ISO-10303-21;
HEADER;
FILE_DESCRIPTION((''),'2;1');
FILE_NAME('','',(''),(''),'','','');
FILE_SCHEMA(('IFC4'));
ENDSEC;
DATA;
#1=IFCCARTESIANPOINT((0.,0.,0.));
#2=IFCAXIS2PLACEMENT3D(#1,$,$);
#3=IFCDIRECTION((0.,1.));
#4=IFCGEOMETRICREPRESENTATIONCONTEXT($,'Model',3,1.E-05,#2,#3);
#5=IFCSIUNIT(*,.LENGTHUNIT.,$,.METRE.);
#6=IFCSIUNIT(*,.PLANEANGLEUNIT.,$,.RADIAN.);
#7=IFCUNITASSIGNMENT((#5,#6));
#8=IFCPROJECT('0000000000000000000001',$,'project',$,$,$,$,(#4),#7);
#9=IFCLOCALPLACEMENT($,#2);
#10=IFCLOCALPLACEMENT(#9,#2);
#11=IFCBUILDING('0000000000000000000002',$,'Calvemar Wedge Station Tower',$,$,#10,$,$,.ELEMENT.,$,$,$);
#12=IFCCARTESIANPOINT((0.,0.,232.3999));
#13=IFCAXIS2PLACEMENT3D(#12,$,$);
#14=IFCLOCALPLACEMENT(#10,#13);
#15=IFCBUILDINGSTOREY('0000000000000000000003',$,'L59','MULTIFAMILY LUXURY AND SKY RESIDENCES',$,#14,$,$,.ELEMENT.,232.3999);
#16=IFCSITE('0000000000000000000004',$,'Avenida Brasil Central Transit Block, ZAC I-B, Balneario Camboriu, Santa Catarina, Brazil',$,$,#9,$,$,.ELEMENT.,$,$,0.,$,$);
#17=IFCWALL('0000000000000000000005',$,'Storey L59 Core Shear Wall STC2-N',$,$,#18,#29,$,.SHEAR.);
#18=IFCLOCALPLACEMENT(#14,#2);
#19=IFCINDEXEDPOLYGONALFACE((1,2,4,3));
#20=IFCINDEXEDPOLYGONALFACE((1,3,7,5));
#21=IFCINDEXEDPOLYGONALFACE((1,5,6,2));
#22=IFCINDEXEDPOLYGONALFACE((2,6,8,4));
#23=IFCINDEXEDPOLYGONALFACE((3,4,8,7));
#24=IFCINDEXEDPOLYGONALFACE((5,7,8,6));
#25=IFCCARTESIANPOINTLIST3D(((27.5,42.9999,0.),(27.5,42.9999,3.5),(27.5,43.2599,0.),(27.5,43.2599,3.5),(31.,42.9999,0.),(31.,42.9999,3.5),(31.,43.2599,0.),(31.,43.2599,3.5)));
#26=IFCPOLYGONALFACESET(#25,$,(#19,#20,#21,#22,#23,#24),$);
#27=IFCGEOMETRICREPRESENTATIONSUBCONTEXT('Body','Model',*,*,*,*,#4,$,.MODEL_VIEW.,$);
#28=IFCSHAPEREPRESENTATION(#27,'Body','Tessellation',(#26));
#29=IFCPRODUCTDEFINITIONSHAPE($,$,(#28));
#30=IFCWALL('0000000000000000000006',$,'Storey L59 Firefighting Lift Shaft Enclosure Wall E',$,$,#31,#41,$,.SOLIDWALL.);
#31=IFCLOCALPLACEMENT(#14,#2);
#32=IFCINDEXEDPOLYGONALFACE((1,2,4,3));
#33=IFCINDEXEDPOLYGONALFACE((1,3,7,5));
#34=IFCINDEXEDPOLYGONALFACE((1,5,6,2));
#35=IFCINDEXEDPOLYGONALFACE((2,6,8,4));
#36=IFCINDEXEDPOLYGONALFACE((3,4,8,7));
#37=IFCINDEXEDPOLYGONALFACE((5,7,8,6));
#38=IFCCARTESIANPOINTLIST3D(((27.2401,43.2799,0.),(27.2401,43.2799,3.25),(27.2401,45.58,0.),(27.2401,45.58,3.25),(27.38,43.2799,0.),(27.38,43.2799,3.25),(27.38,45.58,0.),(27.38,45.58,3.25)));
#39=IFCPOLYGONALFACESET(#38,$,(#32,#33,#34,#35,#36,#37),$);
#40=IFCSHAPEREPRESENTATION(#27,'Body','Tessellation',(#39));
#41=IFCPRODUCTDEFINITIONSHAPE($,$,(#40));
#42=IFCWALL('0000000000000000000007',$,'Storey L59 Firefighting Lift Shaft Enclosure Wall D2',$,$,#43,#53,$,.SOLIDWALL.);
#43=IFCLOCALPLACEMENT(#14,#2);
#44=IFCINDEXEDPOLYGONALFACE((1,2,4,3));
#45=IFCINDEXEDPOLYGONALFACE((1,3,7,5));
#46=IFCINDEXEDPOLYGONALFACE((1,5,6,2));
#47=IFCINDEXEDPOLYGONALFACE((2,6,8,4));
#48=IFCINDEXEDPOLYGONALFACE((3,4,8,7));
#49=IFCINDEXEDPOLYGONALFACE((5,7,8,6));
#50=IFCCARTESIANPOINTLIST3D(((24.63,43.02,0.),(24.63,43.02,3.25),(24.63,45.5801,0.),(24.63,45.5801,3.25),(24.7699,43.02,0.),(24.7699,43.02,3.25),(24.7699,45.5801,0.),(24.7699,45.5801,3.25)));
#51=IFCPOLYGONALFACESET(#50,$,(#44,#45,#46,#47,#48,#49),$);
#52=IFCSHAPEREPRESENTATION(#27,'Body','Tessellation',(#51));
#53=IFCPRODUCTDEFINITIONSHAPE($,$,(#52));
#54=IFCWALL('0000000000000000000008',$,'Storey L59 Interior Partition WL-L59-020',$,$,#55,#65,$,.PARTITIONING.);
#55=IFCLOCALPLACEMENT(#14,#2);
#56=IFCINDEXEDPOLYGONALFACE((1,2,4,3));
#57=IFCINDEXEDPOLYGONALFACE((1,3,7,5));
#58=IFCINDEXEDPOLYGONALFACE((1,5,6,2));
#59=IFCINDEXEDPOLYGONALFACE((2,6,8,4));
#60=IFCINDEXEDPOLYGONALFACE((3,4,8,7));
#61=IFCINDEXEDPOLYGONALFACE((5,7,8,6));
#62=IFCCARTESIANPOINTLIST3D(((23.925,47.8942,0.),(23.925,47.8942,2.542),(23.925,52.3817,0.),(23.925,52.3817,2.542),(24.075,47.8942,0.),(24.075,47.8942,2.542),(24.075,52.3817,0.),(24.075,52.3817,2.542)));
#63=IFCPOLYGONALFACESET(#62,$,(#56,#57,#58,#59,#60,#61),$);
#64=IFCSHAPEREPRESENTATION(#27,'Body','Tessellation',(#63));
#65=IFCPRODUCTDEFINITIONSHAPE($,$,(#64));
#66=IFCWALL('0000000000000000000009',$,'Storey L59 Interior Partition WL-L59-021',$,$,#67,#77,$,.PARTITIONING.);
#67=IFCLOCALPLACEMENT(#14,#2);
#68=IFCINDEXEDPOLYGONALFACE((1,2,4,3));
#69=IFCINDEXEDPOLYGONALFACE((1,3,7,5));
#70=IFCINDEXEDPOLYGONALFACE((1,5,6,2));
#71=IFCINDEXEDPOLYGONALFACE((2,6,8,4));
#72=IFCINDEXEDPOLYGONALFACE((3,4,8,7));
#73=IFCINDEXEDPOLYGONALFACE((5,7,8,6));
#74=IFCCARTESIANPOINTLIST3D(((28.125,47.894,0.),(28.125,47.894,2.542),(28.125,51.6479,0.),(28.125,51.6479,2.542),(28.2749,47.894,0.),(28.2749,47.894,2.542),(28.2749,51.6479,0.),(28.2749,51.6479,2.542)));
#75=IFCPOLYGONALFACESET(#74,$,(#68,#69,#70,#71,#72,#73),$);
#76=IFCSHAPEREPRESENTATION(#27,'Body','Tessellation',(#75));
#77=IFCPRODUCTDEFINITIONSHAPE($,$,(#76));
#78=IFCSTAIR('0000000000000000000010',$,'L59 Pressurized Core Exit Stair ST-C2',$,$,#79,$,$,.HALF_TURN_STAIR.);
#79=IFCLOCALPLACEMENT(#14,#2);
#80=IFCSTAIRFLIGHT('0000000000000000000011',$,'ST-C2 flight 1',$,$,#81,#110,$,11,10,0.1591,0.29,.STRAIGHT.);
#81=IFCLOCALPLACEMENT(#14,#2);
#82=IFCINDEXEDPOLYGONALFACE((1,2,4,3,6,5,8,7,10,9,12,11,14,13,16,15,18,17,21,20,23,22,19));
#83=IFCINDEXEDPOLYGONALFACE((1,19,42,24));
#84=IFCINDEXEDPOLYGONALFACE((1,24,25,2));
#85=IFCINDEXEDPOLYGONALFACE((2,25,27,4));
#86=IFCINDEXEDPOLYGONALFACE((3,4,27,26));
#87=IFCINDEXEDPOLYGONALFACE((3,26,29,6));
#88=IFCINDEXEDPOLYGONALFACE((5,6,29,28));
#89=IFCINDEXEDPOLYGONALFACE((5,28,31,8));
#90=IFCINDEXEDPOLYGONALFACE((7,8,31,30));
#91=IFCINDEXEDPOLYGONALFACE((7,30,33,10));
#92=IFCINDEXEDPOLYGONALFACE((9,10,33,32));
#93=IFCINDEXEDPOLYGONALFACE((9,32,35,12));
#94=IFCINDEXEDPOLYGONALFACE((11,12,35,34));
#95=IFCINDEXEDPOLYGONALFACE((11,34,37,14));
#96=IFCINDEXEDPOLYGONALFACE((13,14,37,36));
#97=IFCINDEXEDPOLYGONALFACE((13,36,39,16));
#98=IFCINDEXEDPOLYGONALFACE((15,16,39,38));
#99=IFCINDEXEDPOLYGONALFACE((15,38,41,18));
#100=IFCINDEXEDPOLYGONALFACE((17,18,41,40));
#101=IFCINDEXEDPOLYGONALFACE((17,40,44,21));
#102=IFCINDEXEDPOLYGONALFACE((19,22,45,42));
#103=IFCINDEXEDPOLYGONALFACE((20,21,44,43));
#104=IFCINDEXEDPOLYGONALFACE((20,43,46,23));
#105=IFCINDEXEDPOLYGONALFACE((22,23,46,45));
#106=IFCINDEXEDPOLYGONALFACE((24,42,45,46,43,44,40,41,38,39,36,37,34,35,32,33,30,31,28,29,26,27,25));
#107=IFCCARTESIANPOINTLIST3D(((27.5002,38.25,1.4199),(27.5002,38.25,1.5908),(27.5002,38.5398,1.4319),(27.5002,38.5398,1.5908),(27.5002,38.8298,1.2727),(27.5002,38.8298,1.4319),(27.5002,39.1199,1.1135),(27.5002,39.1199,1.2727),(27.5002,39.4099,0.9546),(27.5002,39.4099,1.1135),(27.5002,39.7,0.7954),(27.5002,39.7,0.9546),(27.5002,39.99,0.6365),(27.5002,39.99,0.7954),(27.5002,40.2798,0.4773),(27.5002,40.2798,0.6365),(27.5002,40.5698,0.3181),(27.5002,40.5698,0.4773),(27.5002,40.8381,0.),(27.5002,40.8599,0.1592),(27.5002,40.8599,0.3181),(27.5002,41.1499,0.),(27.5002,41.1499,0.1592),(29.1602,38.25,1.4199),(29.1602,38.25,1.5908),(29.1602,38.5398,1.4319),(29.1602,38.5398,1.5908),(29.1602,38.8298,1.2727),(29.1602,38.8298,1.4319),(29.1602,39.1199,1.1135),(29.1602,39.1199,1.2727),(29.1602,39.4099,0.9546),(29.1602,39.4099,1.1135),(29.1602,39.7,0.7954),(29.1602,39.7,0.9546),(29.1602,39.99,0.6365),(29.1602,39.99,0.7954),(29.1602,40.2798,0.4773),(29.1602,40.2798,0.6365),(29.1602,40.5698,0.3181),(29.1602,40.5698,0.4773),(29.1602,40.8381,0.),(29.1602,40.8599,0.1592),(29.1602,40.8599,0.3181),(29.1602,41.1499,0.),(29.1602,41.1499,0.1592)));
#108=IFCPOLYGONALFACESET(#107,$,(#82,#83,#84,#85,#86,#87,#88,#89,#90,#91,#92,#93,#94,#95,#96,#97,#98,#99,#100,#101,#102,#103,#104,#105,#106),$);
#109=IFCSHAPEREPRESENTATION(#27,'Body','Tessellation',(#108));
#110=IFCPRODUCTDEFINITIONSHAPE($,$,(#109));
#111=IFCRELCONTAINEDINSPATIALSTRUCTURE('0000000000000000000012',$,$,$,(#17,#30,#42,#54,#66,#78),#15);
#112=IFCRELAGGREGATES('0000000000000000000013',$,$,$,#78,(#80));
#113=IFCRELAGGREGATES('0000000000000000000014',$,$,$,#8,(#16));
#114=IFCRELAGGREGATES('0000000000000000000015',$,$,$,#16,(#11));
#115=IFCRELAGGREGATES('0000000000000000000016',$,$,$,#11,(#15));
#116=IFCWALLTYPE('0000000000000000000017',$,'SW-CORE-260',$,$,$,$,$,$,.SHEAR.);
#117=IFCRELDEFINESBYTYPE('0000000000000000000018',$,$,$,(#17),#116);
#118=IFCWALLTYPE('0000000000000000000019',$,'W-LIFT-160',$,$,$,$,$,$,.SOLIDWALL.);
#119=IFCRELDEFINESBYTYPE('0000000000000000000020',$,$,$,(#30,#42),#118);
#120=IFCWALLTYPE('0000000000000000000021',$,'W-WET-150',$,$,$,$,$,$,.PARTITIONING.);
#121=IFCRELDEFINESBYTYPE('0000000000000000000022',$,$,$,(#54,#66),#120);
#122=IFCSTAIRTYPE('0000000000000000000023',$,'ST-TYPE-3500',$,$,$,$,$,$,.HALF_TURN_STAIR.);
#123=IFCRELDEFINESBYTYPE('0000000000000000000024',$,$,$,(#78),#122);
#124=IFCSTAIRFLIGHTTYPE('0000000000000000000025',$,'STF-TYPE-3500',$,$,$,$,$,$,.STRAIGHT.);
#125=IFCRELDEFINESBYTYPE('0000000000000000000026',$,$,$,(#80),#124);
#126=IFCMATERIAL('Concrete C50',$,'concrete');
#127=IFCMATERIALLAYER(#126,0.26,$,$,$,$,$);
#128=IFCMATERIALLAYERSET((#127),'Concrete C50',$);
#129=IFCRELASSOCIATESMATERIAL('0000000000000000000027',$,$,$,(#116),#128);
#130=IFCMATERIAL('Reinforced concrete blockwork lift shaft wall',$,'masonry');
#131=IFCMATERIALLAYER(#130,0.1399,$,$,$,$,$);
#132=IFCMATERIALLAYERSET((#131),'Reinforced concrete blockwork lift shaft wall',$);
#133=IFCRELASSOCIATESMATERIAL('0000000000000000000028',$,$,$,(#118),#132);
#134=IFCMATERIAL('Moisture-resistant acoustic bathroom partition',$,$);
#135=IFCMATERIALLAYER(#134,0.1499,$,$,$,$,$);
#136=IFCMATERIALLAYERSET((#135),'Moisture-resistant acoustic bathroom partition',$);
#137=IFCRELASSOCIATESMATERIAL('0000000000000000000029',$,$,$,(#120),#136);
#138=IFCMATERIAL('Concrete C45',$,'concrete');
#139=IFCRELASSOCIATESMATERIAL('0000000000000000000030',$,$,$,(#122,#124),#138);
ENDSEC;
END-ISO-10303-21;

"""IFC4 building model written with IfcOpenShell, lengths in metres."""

from ifc_helpers import new_model, si_unit, direction, frame, frame_2d, origin, place, context, subcontext, project, spatial, polyline, rectangle, outline, extrude, material, layer, layer_set, type_object, element, aggregate, save


model = new_model("IFC4")

# Units and contexts
model_context = context("Model", 3, precision=1e-05, world=origin(), true_north=direction((0.0, 1.0)))
body_context = subcontext(model_context, "Body", "Model", "MODEL_VIEW")
ifc_project = project(units=[si_unit("LENGTHUNIT", "METRE"), si_unit("PLANEANGLEUNIT", "RADIAN")], contexts=[model_context])

# Site, building, storey
site_placement = place(None, origin())
site = spatial("IfcSite", under=ifc_project, at=site_placement, Name="Avenida Brasil Central Transit Block, ZAC I-B, Balneario Camboriu, Santa Catarina, Brazil", CompositionType="ELEMENT", RefElevation=0.0)
building_placement = place(site_placement, origin())
building = spatial("IfcBuilding", under=site, at=building_placement, Name="Calvemar Wedge Station Tower", CompositionType="ELEMENT")
storey_placement = place(building_placement, frame((0.0, 0.0, 232.3999)))
storey = spatial("IfcBuildingStorey", under=building, at=storey_placement, Name="L59", Description="MULTIFAMILY LUXURY AND SKY RESIDENCES", CompositionType="ELEMENT", Elevation=232.3999)

# Shared definitions
ifc_material_1 = material(Name="Concrete C50", Category="concrete")

# Wall
ifc_layer_1 = layer(ifc_material_1, 0.26)
ifc_layer_set_1 = layer_set([ifc_layer_1], Name="Concrete C50")
wall_type_1 = type_object("IfcWallType", Name="SW-CORE-260", PredefinedType="SHEAR", material=ifc_layer_set_1)
wall_1_placement = place(storey_placement, frame((27.5, 43.1299, 0.0), z_axis=(0.0, 0.0, 1.0), x_axis=(1.0, 0.0, 0.0)))
element("IfcWall", 1, at=wall_1_placement, inside=storey, type_object=wall_type_1, Name="Storey L59 Core Shear Wall STC2-N", PredefinedType="SHEAR", context=body_context, shape_type="SweptSolid", body=[
    extrude(rectangle(XDim=3.5, YDim=0.26, at=frame_2d((1.75, 0.0))), origin(), (0.0, 0.0, 1.0), 3.5),
])

# Walls
ifc_material_2 = material(Name="Reinforced concrete blockwork lift shaft wall", Category="masonry")
ifc_layer_2 = layer(ifc_material_2, 0.1399)
ifc_layer_set_2 = layer_set([ifc_layer_2], Name="Reinforced concrete blockwork lift shaft wall")
wall_type_2 = type_object("IfcWallType", Name="W-LIFT-160", PredefinedType="SOLIDWALL", material=ifc_layer_set_2)
wall_2_placement = place(storey_placement, frame((27.3101, 43.28, 0.0), z_axis=(0.0, 0.0, 1.0), x_axis=(0.0, 1.0, 0.0)))
element("IfcWall", 2, at=wall_2_placement, inside=storey, type_object=wall_type_2, Name="Storey L59 Firefighting Lift Shaft Enclosure Wall E", PredefinedType="SOLIDWALL", context=body_context, shape_type="SweptSolid", body=[
    extrude(rectangle(XDim=2.3, YDim=0.1399, at=frame_2d((1.1499, 0.0))), origin(), (0.0, 0.0, 1.0), 3.25),
])
wall_3_placement = place(storey_placement, frame((24.7, 43.02, 0.0), z_axis=(0.0, 0.0, 1.0), x_axis=(0.0, 1.0, 0.0)))
element("IfcWall", 3, at=wall_3_placement, inside=storey, type_object=wall_type_2, Name="Storey L59 Firefighting Lift Shaft Enclosure Wall D2", PredefinedType="SOLIDWALL", context=body_context, shape_type="SweptSolid", body=[
    extrude(rectangle(XDim=2.5601, YDim=0.1399, at=frame_2d((1.28, 0.0))), origin(), (0.0, 0.0, 1.0), 3.25),
])
ifc_material_3 = material(Name="Moisture-resistant acoustic bathroom partition")
ifc_layer_3 = layer(ifc_material_3, 0.1499)
ifc_layer_set_3 = layer_set([ifc_layer_3], Name="Moisture-resistant acoustic bathroom partition")
wall_type_3 = type_object("IfcWallType", Name="W-WET-150", PredefinedType="PARTITIONING", material=ifc_layer_set_3)
wall_4_placement = place(storey_placement, frame((24.0, 52.3816, 0.0), z_axis=(0.0, 0.0, 1.0), x_axis=(0.0, -1.0, 0.0)))
element("IfcWall", 4, at=wall_4_placement, inside=storey, type_object=wall_type_3, Name="Storey L59 Interior Partition WL-L59-020", PredefinedType="PARTITIONING", context=body_context, shape_type="SweptSolid", body=[
    extrude(rectangle(XDim=4.4875, YDim=0.1499, at=frame_2d((2.2437, 0.0))), origin(), (0.0, 0.0, 1.0), 2.542),
])
wall_5_placement = place(storey_placement, frame((28.2, 51.6479, 0.0), z_axis=(0.0, 0.0, 1.0), x_axis=(0.0, -1.0, 0.0)))
element("IfcWall", 5, at=wall_5_placement, inside=storey, type_object=wall_type_3, Name="Storey L59 Interior Partition WL-L59-021", PredefinedType="PARTITIONING", context=body_context, shape_type="SweptSolid", body=[
    extrude(rectangle(XDim=3.7539, YDim=0.1499, at=frame_2d((1.877, 0.0))), origin(), (0.0, 0.0, 1.0), 2.542),
])

# Stair, stair flight
ifc_material_4 = material(Name="Concrete C45", Category="concrete")
stair_type = type_object("IfcStairType", Name="ST-TYPE-3500", PredefinedType="HALF_TURN_STAIR", material=ifc_material_4)
stair_placement = place(storey_placement, origin())
stair = element("IfcStair", 6, at=stair_placement, inside=storey, type_object=stair_type, Name="L59 Pressurized Core Exit Stair ST-C2", PredefinedType="HALF_TURN_STAIR")
stair_flight_type = type_object("IfcStairFlightType", Name="STF-TYPE-3500", PredefinedType="STRAIGHT", material=ifc_material_4)
stair_flight_placement = place(storey_placement, frame((28.3301, 41.1499, 0.0), z_axis=(0.0, 0.0, 1.0), x_axis=(0.0, -1.0, 0.0)))
stair_flight = element("IfcStairFlight", 7, at=stair_flight_placement, type_object=stair_flight_type, Name="ST-C2 flight 1", NumberOfRisers=11, NumberOfTreads=10, PredefinedType="STRAIGHT", RiserHeight=0.1591, TreadLength=0.29, context=body_context, shape_type="SweptSolid", body=[
    extrude(outline(polyline([(0.0, 0.0), (0.0, 0.1592), (0.29, 0.1592), (0.29, 0.3181), (0.5801, 0.3181), (0.5801, 0.4773), (0.8701, 0.4773), (0.8701, 0.6365), (1.1599, 0.6365), (1.1599, 0.7954), (1.45, 0.7954), (1.45, 0.9546), (1.74, 0.9546), (1.74, 1.1135), (2.03, 1.1135), (2.03, 1.2727), (2.3201, 1.2727), (2.3201, 1.4319), (2.6101, 1.4319), (2.6101, 1.5908), (2.8999, 1.5908), (2.8999, 1.75), (2.8999, 1.4199), (0.3118, 0.0), (0.0, 0.0)])), frame((0.0, 0.8301, 0.0), z_axis=(0.0, -1.0, 0.0), x_axis=(1.0, 0.0, 0.0)), (0.0, 0.0, 1.0), 1.6599),
])
aggregate(stair, [stair_flight])

save(model, "model.ifc")
